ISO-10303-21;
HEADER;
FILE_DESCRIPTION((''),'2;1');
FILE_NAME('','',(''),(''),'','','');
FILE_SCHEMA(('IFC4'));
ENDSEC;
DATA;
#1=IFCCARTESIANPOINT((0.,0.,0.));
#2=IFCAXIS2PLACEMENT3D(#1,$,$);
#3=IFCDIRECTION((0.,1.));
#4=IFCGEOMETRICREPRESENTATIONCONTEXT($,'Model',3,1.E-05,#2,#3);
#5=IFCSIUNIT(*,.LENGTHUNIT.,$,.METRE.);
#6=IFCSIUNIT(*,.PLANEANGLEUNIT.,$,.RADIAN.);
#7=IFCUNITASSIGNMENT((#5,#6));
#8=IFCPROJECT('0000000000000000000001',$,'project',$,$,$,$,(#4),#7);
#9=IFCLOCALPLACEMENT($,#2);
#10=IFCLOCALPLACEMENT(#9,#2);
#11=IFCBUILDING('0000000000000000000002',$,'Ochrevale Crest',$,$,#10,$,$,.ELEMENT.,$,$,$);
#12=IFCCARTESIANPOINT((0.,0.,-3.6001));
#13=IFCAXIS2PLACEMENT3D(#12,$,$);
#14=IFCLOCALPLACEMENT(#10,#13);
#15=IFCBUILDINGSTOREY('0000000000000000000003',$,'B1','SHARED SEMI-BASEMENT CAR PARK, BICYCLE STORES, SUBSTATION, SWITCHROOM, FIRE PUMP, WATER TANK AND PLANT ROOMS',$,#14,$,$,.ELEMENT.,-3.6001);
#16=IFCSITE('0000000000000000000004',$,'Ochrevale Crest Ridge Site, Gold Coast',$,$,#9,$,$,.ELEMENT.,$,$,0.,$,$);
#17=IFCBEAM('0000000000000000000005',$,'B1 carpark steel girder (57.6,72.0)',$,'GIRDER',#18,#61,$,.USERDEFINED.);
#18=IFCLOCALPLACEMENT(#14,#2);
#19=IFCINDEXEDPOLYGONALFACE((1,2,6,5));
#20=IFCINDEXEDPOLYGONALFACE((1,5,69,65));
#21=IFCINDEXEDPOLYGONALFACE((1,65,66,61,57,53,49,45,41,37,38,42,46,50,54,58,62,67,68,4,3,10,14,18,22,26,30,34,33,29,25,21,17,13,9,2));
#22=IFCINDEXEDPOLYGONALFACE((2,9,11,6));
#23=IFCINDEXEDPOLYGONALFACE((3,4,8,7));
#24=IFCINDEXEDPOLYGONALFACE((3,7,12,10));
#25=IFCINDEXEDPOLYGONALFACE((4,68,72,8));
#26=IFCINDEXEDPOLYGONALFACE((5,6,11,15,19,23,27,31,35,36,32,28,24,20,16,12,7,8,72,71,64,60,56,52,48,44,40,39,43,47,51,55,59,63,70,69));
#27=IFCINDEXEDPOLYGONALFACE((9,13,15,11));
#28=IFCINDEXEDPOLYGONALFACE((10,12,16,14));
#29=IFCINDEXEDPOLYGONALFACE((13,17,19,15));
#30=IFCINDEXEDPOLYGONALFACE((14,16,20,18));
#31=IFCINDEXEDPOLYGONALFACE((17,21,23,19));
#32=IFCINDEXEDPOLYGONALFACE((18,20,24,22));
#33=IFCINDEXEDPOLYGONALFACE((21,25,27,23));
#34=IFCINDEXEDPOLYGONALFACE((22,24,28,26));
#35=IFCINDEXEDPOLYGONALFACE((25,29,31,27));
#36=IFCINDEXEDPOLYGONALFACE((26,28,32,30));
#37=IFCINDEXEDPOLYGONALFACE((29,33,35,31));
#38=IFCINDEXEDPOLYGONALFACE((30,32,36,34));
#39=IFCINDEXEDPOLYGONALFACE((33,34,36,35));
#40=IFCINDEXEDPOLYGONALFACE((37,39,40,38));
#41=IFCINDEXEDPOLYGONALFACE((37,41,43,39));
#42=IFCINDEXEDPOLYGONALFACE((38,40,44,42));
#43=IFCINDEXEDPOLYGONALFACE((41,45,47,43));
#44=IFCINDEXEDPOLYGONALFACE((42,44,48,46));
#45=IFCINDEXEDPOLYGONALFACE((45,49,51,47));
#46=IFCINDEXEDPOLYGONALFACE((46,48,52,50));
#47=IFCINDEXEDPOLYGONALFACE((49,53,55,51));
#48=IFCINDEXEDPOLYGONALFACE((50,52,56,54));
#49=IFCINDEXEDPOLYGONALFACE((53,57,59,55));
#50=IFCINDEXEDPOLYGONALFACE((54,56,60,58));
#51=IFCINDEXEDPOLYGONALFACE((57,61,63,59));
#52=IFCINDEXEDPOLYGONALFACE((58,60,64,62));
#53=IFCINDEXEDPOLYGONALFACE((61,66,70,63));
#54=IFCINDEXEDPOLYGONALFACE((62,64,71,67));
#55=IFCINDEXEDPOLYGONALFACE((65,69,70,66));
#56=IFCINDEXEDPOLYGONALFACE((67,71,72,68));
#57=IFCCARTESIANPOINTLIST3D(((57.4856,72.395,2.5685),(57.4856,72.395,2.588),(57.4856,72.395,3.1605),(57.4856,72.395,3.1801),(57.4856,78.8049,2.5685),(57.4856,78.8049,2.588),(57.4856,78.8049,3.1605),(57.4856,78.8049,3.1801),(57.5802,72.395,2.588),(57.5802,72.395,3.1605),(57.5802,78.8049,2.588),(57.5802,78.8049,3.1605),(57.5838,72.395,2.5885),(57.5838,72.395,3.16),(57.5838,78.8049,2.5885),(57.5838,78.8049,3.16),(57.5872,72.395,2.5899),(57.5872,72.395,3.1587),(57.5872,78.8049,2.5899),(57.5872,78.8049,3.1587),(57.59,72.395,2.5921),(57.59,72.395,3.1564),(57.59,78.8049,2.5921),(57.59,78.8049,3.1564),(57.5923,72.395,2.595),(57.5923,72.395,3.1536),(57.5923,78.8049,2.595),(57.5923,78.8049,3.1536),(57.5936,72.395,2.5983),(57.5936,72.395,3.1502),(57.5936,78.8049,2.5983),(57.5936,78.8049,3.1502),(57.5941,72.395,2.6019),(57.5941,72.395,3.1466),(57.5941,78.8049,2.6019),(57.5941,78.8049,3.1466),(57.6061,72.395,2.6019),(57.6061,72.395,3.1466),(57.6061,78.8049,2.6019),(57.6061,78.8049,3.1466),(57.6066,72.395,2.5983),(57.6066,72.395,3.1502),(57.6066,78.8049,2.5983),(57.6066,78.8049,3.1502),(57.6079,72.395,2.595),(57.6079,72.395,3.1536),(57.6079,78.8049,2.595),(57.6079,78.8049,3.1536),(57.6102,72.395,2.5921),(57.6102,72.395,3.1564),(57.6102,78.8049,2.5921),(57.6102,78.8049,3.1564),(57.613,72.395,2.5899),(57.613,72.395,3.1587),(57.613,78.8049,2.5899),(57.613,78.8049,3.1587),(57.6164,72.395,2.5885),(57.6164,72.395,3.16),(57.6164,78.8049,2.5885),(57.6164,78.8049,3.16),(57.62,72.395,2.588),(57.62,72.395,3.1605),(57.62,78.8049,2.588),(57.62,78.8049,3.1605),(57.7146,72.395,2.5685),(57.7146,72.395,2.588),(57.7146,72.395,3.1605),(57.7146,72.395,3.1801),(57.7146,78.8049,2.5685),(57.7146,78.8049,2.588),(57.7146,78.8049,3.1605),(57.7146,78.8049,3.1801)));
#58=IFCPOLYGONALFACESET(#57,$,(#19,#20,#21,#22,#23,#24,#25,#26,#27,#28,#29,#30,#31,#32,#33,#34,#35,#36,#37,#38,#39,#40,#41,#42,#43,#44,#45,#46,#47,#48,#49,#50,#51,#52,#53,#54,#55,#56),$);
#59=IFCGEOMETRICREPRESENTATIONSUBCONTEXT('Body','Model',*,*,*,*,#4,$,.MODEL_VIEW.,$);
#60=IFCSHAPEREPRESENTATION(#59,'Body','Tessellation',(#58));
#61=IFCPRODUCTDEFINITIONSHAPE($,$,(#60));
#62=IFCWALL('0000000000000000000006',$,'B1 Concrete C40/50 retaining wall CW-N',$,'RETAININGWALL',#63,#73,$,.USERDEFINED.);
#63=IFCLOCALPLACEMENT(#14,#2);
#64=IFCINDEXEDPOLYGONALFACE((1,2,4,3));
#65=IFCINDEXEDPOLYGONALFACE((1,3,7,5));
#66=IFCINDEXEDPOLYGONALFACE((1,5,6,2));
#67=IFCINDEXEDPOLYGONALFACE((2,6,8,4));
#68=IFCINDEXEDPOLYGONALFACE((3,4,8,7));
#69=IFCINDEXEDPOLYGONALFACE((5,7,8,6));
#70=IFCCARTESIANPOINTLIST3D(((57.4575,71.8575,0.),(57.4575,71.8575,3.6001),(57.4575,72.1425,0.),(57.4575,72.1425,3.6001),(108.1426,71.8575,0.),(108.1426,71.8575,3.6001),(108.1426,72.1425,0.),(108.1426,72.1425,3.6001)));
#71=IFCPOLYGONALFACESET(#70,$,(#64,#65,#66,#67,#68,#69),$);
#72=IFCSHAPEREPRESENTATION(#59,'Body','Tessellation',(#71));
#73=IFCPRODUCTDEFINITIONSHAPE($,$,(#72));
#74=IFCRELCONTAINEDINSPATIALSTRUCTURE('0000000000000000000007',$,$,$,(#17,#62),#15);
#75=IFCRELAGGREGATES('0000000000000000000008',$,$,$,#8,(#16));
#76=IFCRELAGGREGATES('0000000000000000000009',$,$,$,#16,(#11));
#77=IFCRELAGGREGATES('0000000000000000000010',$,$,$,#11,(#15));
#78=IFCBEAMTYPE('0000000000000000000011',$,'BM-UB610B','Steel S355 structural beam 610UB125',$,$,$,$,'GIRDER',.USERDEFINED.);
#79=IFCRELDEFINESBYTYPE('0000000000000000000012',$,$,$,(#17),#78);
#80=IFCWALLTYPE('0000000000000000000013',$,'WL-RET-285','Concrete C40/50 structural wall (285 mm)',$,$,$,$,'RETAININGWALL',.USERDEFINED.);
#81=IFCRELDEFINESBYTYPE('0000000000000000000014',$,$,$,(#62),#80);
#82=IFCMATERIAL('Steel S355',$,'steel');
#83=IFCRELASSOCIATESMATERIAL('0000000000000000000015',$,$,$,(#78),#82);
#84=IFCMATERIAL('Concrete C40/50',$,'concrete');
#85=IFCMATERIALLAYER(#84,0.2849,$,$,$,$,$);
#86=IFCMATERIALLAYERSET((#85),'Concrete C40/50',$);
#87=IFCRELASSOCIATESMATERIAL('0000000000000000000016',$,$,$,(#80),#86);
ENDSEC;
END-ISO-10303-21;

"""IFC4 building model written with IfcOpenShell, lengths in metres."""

from ifc_helpers import new_model, si_unit, direction, frame, frame_2d, origin, origin_2d, place, context, subcontext, project, spatial, rectangle, i_section, extrude, material, layer, layer_set, material_profile, profile_set, type_object, element, save


model = new_model("IFC4")

# Units and contexts
model_context = context("Model", 3, precision=1e-05, world=origin(), true_north=direction((0.0, 1.0)))
body_context = subcontext(model_context, "Body", "Model", "MODEL_VIEW")
ifc_project = project(units=[si_unit("LENGTHUNIT", "METRE"), si_unit("PLANEANGLEUNIT", "RADIAN")], contexts=[model_context])

# Site, building, storey
site_placement = place(None, origin())
site = spatial("IfcSite", under=ifc_project, at=site_placement, Name="Ochrevale Crest Ridge Site, Gold Coast", CompositionType="ELEMENT", RefElevation=0.0)
building_placement = place(site_placement, origin())
building = spatial("IfcBuilding", under=site, at=building_placement, Name="Ochrevale Crest", CompositionType="ELEMENT")
storey_placement = place(building_placement, frame((0.0, 0.0, -3.6001)))
storey = spatial("IfcBuildingStorey", under=building, at=storey_placement, Name="B1", Description="SHARED SEMI-BASEMENT CAR PARK, BICYCLE STORES, SUBSTATION, SWITCHROOM, FIRE PUMP, WATER TANK AND PLANT ROOMS", CompositionType="ELEMENT", Elevation=-3.6001)

# Shared definitions
ifc_material_1 = material(Name="Concrete C40/50", Category="concrete")

# Beam
ifc_material_2 = material(Name="Steel S355", Category="steel")
ifc_material_profile_1 = material_profile(ifc_material_2, i_section(OverallWidth=0.229, OverallDepth=0.6116, WebThickness=0.012, FlangeThickness=0.0195, FilletRadius=0.0139, at=origin_2d()), Name="610UB125")
ifc_profile_set_1 = profile_set([ifc_material_profile_1], Name="Steel S355")
beam_type_1 = type_object("IfcBeamType", Name="BM-UB610B", Description="Steel S355 structural beam 610UB125", ElementType="GIRDER", PredefinedType="USERDEFINED", material=ifc_profile_set_1)
beam_placement = place(storey_placement, frame((57.6001, 72.395, 2.8743), z_axis=(0.0, 1.0, 0.0), x_axis=(-1.0, 0.0, 0.0)))
element("IfcBeam", 1, at=beam_placement, inside=storey, type_object=beam_type_1, Name="B1 carpark steel girder (57.6,72.0)", ObjectType="GIRDER", PredefinedType="USERDEFINED", context=body_context, shape_type="SweptSolid", body=[
    extrude(i_section(OverallWidth=0.229, OverallDepth=0.6116, WebThickness=0.012, FlangeThickness=0.0195, FilletRadius=0.0139, at=origin_2d()), origin(), (0.0, 0.0, 1.0), 6.4099),
])

# Wall
ifc_layer = layer(ifc_material_1, 0.2849)
ifc_layer_set = layer_set([ifc_layer], Name="Concrete C40/50")
wall_type = type_object("IfcWallType", Name="WL-RET-285", Description="Concrete C40/50 structural wall (285 mm)", ElementType="RETAININGWALL", PredefinedType="USERDEFINED", material=ifc_layer_set)
wall_placement = place(storey_placement, frame((57.4575, 72.0, 0.0), z_axis=(0.0, 0.0, 1.0), x_axis=(1.0, 0.0, 0.0)))
element("IfcWall", 2, at=wall_placement, inside=storey, type_object=wall_type, Name="B1 Concrete C40/50 retaining wall CW-N", ObjectType="RETAININGWALL", PredefinedType="USERDEFINED", context=body_context, shape_type="SweptSolid", body=[
    extrude(rectangle(XDim=50.6851, YDim=0.2849, at=frame_2d((25.3425, 0.0))), origin(), (0.0, 0.0, 1.0), 3.6001),
])

save(model, "model.ifc")
